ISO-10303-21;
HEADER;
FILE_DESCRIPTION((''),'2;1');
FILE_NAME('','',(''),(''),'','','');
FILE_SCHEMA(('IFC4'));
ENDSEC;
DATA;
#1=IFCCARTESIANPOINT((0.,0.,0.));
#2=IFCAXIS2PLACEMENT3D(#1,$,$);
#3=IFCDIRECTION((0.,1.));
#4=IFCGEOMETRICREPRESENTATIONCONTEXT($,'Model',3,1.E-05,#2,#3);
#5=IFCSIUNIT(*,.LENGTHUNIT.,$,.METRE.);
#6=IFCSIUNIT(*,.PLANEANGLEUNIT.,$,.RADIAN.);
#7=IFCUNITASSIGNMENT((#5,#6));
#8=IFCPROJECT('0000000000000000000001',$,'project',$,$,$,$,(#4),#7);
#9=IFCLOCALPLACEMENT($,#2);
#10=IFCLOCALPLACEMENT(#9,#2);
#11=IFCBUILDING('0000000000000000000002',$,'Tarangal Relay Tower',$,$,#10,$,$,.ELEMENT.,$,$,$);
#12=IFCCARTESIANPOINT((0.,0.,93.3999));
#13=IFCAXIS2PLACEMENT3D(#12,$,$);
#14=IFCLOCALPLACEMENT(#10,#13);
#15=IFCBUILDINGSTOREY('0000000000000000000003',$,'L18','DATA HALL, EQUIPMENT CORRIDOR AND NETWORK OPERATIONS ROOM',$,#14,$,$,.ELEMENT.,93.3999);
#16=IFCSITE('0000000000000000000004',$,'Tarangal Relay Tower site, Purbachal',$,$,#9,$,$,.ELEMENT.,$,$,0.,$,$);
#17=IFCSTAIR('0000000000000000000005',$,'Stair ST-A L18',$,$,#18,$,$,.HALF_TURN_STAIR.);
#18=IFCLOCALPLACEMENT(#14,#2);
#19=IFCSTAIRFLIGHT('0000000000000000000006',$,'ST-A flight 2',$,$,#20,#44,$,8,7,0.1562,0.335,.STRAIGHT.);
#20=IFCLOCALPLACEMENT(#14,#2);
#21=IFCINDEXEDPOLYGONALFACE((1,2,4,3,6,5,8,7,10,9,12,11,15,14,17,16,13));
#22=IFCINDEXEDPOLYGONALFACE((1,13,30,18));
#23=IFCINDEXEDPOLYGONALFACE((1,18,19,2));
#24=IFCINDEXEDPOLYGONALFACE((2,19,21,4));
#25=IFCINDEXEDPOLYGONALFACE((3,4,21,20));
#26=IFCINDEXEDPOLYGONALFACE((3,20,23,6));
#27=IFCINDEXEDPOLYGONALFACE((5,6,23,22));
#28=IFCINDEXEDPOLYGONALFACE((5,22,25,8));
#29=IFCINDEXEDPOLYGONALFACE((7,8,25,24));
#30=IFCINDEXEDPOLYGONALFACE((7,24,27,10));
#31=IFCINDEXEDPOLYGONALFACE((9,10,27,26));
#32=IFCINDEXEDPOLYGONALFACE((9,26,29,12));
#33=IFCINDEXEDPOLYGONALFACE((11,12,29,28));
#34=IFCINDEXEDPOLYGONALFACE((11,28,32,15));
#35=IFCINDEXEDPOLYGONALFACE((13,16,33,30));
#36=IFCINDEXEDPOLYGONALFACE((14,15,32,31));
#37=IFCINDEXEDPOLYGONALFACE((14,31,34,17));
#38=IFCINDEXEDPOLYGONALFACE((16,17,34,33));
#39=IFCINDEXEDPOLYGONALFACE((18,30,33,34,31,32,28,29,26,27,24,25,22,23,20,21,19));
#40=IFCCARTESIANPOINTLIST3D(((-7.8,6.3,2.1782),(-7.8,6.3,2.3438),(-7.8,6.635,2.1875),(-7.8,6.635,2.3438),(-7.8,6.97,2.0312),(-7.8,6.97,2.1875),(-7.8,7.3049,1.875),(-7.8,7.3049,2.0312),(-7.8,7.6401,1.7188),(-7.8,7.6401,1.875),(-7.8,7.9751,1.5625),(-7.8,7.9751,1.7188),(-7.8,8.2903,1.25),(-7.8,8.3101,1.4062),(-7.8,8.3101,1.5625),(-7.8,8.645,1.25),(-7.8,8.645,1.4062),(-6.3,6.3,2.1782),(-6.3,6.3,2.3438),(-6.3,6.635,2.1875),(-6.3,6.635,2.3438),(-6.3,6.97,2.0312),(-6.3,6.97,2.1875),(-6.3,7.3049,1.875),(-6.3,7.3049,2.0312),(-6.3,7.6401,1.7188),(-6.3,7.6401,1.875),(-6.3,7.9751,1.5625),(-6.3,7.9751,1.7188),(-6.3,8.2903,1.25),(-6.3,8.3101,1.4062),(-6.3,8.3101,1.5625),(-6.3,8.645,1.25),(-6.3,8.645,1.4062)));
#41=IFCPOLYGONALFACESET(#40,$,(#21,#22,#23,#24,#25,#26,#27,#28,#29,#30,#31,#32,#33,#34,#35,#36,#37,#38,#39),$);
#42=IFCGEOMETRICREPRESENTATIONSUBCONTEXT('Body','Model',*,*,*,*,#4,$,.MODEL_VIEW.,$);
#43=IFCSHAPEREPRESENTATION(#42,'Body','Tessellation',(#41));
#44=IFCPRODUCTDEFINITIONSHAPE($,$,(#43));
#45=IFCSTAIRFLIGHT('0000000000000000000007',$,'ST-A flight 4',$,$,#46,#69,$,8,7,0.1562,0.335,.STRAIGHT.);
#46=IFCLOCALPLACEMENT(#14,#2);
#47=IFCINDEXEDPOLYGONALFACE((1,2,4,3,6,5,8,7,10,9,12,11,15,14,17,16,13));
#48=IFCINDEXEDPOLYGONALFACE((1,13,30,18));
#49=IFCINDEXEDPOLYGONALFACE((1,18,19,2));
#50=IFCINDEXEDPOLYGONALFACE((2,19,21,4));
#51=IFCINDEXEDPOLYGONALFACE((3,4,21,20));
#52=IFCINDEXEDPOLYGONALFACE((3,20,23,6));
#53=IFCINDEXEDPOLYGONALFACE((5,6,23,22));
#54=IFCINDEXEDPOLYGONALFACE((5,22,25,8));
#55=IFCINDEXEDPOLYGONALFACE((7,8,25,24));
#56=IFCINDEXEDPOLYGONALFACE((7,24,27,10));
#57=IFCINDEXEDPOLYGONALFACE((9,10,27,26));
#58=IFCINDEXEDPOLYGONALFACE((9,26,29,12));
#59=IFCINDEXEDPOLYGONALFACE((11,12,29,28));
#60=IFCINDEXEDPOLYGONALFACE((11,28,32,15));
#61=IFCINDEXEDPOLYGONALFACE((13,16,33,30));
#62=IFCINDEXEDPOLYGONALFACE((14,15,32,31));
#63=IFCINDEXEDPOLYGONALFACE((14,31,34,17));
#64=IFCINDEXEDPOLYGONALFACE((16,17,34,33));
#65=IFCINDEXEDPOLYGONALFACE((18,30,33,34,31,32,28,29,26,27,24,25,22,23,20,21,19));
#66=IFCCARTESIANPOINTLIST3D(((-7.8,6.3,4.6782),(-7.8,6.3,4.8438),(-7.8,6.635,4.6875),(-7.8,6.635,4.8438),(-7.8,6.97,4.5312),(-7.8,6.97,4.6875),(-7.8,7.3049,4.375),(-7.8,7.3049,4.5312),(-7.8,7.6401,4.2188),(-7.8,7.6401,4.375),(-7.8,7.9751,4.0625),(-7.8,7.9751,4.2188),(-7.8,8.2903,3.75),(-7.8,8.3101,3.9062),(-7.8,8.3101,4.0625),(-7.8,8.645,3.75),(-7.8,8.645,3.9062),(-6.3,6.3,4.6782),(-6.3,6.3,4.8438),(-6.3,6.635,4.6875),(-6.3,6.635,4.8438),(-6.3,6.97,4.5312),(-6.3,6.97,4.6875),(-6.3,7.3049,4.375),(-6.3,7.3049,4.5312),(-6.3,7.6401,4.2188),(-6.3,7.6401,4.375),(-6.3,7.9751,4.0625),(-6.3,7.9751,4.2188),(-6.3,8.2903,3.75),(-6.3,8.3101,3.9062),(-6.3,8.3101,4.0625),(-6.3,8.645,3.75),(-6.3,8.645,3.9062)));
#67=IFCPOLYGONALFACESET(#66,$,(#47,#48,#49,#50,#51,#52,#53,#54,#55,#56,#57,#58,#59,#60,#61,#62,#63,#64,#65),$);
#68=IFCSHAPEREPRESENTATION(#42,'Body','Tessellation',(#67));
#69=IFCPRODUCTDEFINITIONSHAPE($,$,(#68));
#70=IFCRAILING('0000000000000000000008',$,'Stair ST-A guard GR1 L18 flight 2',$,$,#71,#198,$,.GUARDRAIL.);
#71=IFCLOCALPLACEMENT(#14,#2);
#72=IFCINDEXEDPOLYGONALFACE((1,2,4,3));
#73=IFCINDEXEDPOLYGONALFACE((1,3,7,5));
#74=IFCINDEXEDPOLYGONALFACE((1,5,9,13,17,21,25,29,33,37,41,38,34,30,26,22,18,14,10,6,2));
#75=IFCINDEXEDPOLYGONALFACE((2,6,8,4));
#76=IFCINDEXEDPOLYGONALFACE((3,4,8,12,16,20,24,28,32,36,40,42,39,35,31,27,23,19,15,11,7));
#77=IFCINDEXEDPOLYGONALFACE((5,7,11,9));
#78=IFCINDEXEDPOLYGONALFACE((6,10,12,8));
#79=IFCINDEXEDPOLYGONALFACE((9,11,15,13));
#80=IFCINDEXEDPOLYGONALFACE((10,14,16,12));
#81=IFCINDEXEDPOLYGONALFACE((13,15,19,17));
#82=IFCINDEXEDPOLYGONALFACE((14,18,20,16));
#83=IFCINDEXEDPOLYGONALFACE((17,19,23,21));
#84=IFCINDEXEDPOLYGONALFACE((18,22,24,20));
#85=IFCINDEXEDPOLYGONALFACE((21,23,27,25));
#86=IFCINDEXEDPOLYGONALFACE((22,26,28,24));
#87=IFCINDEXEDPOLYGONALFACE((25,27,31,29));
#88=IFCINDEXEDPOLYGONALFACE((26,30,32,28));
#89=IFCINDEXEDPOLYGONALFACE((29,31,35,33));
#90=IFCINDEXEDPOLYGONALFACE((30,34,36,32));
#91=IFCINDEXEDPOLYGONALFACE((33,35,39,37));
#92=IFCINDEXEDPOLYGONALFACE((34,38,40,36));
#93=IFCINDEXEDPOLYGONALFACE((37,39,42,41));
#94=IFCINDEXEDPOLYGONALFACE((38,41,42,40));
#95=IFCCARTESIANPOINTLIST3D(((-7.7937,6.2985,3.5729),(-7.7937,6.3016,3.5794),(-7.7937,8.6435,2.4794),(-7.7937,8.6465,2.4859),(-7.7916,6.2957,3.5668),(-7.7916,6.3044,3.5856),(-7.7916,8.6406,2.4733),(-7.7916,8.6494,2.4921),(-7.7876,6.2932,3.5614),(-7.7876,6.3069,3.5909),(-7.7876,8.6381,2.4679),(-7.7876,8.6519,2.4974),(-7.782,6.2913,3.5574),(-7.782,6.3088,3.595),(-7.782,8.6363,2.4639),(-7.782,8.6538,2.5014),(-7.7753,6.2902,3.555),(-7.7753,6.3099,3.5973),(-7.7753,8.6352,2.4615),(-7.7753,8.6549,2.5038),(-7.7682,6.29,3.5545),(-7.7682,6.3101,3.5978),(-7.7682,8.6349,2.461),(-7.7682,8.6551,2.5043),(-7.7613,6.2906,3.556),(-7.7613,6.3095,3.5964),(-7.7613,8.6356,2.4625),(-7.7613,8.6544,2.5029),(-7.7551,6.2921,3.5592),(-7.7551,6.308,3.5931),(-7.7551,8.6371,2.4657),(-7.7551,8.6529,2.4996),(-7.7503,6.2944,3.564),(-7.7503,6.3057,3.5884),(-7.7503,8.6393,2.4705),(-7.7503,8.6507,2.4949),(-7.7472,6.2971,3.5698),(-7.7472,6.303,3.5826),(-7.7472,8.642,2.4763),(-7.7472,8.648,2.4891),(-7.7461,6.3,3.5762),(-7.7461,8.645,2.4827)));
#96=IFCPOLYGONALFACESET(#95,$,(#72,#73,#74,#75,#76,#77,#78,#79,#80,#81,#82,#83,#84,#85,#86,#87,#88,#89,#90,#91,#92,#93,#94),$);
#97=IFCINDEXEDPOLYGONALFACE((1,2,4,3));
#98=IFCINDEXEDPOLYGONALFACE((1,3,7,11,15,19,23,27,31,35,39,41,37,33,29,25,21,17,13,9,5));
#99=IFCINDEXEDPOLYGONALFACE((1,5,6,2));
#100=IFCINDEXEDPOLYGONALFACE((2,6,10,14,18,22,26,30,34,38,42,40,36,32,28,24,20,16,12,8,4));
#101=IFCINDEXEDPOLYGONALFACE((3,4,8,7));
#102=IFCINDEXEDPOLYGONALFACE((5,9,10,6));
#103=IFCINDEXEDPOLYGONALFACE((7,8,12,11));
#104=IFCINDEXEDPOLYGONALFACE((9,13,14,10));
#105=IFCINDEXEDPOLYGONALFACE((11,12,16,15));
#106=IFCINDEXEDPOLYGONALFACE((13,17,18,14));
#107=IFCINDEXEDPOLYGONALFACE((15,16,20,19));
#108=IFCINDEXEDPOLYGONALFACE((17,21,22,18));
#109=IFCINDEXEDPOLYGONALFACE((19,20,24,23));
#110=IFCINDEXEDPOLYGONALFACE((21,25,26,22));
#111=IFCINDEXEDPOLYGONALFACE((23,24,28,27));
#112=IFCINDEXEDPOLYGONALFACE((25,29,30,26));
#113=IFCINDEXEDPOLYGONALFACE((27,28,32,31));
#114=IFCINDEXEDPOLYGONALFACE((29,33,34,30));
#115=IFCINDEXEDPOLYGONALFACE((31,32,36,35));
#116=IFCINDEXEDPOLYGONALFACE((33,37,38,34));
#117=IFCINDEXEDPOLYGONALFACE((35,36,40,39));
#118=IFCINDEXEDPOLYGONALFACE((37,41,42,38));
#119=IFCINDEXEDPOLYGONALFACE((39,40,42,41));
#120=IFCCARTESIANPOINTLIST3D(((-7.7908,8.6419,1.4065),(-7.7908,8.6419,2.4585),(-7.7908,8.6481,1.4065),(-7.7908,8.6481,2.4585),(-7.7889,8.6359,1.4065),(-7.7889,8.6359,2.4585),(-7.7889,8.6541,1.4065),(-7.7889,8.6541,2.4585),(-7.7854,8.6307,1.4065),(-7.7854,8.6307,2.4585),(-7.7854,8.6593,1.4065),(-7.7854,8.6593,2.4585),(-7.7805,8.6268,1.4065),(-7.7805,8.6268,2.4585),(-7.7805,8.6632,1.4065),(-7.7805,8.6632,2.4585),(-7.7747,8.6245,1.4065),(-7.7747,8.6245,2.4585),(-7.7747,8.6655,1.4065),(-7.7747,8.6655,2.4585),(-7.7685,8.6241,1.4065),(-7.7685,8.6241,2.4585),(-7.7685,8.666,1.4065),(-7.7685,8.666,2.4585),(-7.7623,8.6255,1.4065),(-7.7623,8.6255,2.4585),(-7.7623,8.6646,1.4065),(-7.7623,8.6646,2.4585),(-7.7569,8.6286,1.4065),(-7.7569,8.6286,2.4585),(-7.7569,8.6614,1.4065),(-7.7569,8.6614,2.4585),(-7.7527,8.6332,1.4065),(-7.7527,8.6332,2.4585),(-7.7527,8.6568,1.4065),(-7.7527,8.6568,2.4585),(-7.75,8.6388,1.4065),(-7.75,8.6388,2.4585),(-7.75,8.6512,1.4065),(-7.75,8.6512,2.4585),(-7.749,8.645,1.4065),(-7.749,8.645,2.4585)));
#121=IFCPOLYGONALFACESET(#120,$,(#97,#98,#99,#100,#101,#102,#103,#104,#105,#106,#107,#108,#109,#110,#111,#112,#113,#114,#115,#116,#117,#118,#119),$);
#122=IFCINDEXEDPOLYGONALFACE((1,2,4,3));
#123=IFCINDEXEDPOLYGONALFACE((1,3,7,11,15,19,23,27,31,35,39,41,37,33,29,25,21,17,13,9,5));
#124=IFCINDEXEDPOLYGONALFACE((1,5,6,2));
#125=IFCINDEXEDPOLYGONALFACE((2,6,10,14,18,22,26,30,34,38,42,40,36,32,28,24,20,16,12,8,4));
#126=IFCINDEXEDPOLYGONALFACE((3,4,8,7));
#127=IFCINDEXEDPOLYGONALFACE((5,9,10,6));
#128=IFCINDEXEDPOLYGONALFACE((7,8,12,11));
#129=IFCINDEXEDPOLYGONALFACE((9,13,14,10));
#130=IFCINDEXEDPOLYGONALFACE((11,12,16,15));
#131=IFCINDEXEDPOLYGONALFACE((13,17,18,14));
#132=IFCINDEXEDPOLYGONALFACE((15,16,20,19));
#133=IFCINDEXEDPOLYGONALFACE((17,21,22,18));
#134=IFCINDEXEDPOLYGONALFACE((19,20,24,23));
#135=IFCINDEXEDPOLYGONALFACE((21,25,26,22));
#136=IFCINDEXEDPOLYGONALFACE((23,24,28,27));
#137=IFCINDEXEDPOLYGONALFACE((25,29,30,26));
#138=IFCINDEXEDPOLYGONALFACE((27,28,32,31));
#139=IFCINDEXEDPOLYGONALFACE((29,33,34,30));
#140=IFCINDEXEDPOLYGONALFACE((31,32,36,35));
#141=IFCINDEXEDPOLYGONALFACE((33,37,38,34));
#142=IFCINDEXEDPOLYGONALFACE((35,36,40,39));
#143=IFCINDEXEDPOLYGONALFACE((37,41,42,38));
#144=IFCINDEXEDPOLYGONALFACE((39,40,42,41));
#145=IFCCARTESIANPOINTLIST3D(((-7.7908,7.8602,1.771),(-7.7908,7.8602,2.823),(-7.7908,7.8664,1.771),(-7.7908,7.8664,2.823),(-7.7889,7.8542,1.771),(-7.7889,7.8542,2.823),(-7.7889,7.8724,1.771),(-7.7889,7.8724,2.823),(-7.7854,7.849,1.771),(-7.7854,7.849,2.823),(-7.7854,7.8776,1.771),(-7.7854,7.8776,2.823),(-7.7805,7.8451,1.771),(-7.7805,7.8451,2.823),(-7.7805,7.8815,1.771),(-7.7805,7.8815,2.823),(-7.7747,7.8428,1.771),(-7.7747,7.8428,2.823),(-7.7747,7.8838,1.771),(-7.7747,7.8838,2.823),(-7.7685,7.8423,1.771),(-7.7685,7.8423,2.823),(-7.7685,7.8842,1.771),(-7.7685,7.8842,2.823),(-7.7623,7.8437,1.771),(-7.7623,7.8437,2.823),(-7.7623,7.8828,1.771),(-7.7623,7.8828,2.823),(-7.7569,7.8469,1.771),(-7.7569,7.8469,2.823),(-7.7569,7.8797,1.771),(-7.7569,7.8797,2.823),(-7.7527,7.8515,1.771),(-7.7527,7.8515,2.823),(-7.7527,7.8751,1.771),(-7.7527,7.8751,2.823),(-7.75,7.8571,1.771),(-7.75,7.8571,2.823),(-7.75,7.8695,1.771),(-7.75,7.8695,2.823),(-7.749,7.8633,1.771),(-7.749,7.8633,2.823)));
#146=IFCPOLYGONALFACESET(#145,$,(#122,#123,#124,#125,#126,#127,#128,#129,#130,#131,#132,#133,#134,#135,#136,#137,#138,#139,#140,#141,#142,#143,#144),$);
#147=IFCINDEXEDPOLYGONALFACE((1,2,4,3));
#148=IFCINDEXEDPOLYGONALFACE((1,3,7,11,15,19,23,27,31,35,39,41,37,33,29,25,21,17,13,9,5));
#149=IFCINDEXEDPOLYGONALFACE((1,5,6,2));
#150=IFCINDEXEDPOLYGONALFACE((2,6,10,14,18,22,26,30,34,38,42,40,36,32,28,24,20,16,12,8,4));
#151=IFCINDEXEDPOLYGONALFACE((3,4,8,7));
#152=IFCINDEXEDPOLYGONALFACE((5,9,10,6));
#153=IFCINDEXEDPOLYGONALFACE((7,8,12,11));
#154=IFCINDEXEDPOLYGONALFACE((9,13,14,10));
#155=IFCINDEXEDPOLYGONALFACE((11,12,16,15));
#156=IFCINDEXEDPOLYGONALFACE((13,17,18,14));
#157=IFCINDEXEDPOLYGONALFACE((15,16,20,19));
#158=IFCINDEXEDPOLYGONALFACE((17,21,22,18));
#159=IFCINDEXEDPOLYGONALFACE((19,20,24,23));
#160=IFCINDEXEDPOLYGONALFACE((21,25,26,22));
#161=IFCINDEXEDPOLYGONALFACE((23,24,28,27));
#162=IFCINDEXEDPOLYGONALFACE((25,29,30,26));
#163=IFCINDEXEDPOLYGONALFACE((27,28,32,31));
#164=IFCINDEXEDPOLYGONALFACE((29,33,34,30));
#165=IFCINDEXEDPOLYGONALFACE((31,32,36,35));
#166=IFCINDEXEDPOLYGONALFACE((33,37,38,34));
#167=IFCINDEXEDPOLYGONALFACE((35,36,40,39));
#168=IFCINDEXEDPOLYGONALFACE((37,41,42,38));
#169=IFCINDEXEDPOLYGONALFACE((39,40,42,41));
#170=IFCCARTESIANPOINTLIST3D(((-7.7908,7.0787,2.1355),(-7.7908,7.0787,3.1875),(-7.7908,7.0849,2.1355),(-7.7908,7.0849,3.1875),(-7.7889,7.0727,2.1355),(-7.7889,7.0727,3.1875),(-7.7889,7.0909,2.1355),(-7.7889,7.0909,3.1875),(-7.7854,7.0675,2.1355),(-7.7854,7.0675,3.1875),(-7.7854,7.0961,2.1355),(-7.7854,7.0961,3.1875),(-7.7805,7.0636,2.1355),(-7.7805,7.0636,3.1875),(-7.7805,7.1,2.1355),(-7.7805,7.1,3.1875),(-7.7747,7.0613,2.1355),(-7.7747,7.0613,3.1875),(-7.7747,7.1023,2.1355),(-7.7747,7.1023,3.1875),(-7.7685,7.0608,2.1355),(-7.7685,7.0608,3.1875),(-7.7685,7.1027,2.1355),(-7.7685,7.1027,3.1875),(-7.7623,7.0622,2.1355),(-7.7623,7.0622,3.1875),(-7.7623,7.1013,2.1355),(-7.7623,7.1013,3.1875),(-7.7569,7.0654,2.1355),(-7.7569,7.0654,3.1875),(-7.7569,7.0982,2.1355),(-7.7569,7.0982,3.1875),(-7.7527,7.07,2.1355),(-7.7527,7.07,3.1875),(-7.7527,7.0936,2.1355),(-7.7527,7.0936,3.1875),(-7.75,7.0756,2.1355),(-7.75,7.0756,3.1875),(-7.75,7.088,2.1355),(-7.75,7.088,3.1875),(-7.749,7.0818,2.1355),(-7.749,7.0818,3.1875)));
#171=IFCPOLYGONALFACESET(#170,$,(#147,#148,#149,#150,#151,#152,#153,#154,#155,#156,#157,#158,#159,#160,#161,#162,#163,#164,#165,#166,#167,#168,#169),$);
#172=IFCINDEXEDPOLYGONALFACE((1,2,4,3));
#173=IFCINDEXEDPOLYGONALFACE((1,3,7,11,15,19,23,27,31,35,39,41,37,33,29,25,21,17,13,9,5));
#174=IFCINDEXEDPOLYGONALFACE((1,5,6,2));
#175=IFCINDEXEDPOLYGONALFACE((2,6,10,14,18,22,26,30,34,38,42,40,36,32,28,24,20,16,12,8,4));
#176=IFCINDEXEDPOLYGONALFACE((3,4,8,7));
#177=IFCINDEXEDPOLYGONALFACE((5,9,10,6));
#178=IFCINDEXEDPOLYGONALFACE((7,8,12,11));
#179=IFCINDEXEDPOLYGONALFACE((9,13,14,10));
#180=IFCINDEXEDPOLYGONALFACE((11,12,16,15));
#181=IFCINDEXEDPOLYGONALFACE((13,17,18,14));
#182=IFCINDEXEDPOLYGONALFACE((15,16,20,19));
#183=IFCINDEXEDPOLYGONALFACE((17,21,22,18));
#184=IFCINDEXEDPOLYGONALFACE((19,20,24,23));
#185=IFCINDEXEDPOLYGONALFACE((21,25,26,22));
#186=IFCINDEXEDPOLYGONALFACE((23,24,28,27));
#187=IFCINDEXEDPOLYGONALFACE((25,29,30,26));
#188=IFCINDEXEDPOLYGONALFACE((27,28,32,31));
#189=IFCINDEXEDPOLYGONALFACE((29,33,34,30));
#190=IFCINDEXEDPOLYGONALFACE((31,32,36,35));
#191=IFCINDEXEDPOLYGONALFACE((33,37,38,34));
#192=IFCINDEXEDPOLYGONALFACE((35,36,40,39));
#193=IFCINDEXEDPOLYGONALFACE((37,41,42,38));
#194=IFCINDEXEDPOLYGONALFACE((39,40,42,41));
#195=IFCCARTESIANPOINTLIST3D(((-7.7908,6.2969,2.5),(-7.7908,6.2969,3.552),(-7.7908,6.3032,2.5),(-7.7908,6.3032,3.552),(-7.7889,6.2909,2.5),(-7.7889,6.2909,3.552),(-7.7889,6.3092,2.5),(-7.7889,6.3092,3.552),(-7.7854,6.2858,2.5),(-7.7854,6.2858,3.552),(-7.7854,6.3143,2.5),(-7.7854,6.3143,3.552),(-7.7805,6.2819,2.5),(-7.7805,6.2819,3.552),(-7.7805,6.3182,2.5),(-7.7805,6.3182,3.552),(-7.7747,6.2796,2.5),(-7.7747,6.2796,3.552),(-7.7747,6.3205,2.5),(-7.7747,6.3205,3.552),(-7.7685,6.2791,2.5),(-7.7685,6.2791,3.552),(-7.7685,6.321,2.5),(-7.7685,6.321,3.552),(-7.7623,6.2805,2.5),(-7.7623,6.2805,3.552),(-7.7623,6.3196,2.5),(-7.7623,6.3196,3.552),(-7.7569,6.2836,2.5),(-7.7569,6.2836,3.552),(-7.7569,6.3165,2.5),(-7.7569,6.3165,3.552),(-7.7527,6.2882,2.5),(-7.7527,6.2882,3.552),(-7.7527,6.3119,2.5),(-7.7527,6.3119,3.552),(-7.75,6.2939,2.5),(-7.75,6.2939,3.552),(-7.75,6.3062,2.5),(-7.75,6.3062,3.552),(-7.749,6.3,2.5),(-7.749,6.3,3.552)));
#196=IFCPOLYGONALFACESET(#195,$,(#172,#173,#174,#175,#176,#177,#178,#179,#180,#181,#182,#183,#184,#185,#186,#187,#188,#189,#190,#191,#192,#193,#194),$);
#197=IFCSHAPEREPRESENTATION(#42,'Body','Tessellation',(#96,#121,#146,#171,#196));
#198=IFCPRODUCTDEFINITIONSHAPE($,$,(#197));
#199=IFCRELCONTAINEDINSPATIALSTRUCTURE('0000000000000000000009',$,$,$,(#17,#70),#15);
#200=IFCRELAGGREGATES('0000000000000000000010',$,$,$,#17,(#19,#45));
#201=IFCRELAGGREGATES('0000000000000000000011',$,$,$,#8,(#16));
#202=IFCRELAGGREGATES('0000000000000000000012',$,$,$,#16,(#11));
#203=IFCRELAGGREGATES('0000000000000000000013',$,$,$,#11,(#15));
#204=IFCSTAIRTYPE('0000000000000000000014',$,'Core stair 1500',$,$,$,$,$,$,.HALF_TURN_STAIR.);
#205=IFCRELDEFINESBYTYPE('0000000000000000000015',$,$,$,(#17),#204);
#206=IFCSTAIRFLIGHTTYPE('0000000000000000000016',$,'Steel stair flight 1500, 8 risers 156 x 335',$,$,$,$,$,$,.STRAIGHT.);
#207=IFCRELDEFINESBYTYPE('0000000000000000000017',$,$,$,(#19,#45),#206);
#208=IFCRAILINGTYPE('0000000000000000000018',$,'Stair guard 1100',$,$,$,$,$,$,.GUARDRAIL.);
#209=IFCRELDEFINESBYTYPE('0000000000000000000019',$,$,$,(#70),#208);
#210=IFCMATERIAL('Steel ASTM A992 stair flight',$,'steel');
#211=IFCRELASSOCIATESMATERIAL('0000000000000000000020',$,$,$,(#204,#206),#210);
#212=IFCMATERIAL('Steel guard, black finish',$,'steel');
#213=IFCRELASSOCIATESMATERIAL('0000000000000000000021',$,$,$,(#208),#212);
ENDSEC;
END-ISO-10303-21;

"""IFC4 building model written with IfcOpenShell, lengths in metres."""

from ifc_helpers import new_model, si_unit, direction, frame, origin, origin_2d, place, context, subcontext, project, spatial, polyline, circle, outline, extrude, material, type_object, element, aggregate, save


model = new_model("IFC4")

# Units and contexts
model_context = context("Model", 3, precision=1e-05, world=origin(), true_north=direction((0.0, 1.0)))
body_context = subcontext(model_context, "Body", "Model", "MODEL_VIEW")
ifc_project = project(units=[si_unit("LENGTHUNIT", "METRE"), si_unit("PLANEANGLEUNIT", "RADIAN")], contexts=[model_context])

# Site, building, storey
site_placement = place(None, origin())
site = spatial("IfcSite", under=ifc_project, at=site_placement, Name="Tarangal Relay Tower site, Purbachal", CompositionType="ELEMENT", RefElevation=0.0)
building_placement = place(site_placement, origin())
building = spatial("IfcBuilding", under=site, at=building_placement, Name="Tarangal Relay Tower", CompositionType="ELEMENT")
storey_placement = place(building_placement, frame((0.0, 0.0, 93.3999)))
storey = spatial("IfcBuildingStorey", under=building, at=storey_placement, Name="L18", Description="DATA HALL, EQUIPMENT CORRIDOR AND NETWORK OPERATIONS ROOM", CompositionType="ELEMENT", Elevation=93.3999)

# Stair, stair flights
ifc_material_1 = material(Name="Steel ASTM A992 stair flight", Category="steel")
stair_type = type_object("IfcStairType", Name="Core stair 1500", PredefinedType="HALF_TURN_STAIR", material=ifc_material_1)
stair_placement = place(storey_placement, origin())
stair = element("IfcStair", 1, at=stair_placement, inside=storey, type_object=stair_type, Name="Stair ST-A L18", PredefinedType="HALF_TURN_STAIR")
stair_flight_type = type_object("IfcStairFlightType", Name="Steel stair flight 1500, 8 risers 156 x 335", PredefinedType="STRAIGHT", material=ifc_material_1)
stair_flight_1_placement = place(storey_placement, frame((-7.05, 8.645, 1.25), z_axis=(0.0, 0.0, 1.0), x_axis=(0.0, -1.0, 0.0)))
stair_flight_1 = element("IfcStairFlight", 2, at=stair_flight_1_placement, type_object=stair_flight_type, Name="ST-A flight 2", NumberOfRisers=8, NumberOfTreads=7, PredefinedType="STRAIGHT", RiserHeight=0.1562, TreadLength=0.335, context=body_context, shape_type="SweptSolid", body=[
    extrude(outline(polyline([(0.0, 0.0), (0.0, 0.1562), (0.335, 0.1562), (0.335, 0.3125), (0.6699, 0.3125), (0.6699, 0.4688), (1.0049, 0.4688), (1.0049, 0.625), (1.3401, 0.625), (1.3401, 0.7812), (1.675, 0.7812), (1.675, 0.9375), (2.01, 0.9375), (2.01, 1.0938), (2.345, 1.0938), (2.345, 1.25), (2.345, 0.9282), (0.3547, 0.0), (0.0, 0.0)])), frame((0.0, 0.75, 0.0), z_axis=(0.0, -1.0, 0.0), x_axis=(1.0, 0.0, 0.0)), (0.0, 0.0, 1.0), 1.5),
])
stair_flight_2_placement = place(storey_placement, frame((-7.05, 8.645, 3.75), z_axis=(0.0, 0.0, 1.0), x_axis=(0.0, -1.0, 0.0)))
stair_flight_2 = element("IfcStairFlight", 3, at=stair_flight_2_placement, type_object=stair_flight_type, Name="ST-A flight 4", NumberOfRisers=8, NumberOfTreads=7, PredefinedType="STRAIGHT", RiserHeight=0.1562, TreadLength=0.335, context=body_context, shape_type="SweptSolid", body=[
    extrude(outline(polyline([(0.0, 0.0), (0.0, 0.1562), (0.335, 0.1562), (0.335, 0.3125), (0.6699, 0.3125), (0.6699, 0.4688), (1.0049, 0.4688), (1.0049, 0.625), (1.3401, 0.625), (1.3401, 0.7812), (1.675, 0.7812), (1.675, 0.9375), (2.01, 0.9375), (2.01, 1.0938), (2.345, 1.0938), (2.345, 1.25), (2.345, 0.9282), (0.3547, 0.0), (0.0, 0.0)])), frame((0.0, 0.75, 0.0), z_axis=(0.0, -1.0, 0.0), x_axis=(1.0, 0.0, 0.0)), (0.0, 0.0, 1.0), 1.5),
])
aggregate(stair, [stair_flight_1, stair_flight_2])

# Railing
ifc_material_2 = material(Name="Steel guard, black finish", Category="steel")
railing_type_1 = type_object("IfcRailingType", Name="Stair guard 1100", PredefinedType="GUARDRAIL", material=ifc_material_2)
for number, where, name in (
    (4, (-7.77, 8.645, 1.4065), "Stair ST-A guard GR1 L18 flight 2"),
):
    element("IfcRailing", number, at=place(storey_placement, frame(where)), inside=storey, type_object=railing_type_1, Name=name, PredefinedType="GUARDRAIL", context=body_context, shape_type="SweptSolid", body=[
        extrude(circle(Radius=0.0239, at=origin_2d()), frame((0.0, 0.0, 1.0762), z_axis=(0.0, -0.906304, 0.422627), x_axis=(1.0, 0.0, 0.0)), (0.0, 0.0, 1.0), 2.5874),
        extrude(circle(Radius=0.021, at=origin_2d()), origin(), (0.0, 0.0, 1.0), 1.052),
        extrude(circle(Radius=0.021, at=origin_2d()), frame((0.0, -0.7817, 0.3645)), (0.0, 0.0, 1.0), 1.052),
        extrude(circle(Radius=0.021, at=origin_2d()), frame((0.0, -1.5632, 0.729)), (0.0, 0.0, 1.0), 1.052),
        extrude(circle(Radius=0.021, at=origin_2d()), frame((0.0, -2.345, 1.0935)), (0.0, 0.0, 1.0), 1.052),
    ])

save(model, "model.ifc")
